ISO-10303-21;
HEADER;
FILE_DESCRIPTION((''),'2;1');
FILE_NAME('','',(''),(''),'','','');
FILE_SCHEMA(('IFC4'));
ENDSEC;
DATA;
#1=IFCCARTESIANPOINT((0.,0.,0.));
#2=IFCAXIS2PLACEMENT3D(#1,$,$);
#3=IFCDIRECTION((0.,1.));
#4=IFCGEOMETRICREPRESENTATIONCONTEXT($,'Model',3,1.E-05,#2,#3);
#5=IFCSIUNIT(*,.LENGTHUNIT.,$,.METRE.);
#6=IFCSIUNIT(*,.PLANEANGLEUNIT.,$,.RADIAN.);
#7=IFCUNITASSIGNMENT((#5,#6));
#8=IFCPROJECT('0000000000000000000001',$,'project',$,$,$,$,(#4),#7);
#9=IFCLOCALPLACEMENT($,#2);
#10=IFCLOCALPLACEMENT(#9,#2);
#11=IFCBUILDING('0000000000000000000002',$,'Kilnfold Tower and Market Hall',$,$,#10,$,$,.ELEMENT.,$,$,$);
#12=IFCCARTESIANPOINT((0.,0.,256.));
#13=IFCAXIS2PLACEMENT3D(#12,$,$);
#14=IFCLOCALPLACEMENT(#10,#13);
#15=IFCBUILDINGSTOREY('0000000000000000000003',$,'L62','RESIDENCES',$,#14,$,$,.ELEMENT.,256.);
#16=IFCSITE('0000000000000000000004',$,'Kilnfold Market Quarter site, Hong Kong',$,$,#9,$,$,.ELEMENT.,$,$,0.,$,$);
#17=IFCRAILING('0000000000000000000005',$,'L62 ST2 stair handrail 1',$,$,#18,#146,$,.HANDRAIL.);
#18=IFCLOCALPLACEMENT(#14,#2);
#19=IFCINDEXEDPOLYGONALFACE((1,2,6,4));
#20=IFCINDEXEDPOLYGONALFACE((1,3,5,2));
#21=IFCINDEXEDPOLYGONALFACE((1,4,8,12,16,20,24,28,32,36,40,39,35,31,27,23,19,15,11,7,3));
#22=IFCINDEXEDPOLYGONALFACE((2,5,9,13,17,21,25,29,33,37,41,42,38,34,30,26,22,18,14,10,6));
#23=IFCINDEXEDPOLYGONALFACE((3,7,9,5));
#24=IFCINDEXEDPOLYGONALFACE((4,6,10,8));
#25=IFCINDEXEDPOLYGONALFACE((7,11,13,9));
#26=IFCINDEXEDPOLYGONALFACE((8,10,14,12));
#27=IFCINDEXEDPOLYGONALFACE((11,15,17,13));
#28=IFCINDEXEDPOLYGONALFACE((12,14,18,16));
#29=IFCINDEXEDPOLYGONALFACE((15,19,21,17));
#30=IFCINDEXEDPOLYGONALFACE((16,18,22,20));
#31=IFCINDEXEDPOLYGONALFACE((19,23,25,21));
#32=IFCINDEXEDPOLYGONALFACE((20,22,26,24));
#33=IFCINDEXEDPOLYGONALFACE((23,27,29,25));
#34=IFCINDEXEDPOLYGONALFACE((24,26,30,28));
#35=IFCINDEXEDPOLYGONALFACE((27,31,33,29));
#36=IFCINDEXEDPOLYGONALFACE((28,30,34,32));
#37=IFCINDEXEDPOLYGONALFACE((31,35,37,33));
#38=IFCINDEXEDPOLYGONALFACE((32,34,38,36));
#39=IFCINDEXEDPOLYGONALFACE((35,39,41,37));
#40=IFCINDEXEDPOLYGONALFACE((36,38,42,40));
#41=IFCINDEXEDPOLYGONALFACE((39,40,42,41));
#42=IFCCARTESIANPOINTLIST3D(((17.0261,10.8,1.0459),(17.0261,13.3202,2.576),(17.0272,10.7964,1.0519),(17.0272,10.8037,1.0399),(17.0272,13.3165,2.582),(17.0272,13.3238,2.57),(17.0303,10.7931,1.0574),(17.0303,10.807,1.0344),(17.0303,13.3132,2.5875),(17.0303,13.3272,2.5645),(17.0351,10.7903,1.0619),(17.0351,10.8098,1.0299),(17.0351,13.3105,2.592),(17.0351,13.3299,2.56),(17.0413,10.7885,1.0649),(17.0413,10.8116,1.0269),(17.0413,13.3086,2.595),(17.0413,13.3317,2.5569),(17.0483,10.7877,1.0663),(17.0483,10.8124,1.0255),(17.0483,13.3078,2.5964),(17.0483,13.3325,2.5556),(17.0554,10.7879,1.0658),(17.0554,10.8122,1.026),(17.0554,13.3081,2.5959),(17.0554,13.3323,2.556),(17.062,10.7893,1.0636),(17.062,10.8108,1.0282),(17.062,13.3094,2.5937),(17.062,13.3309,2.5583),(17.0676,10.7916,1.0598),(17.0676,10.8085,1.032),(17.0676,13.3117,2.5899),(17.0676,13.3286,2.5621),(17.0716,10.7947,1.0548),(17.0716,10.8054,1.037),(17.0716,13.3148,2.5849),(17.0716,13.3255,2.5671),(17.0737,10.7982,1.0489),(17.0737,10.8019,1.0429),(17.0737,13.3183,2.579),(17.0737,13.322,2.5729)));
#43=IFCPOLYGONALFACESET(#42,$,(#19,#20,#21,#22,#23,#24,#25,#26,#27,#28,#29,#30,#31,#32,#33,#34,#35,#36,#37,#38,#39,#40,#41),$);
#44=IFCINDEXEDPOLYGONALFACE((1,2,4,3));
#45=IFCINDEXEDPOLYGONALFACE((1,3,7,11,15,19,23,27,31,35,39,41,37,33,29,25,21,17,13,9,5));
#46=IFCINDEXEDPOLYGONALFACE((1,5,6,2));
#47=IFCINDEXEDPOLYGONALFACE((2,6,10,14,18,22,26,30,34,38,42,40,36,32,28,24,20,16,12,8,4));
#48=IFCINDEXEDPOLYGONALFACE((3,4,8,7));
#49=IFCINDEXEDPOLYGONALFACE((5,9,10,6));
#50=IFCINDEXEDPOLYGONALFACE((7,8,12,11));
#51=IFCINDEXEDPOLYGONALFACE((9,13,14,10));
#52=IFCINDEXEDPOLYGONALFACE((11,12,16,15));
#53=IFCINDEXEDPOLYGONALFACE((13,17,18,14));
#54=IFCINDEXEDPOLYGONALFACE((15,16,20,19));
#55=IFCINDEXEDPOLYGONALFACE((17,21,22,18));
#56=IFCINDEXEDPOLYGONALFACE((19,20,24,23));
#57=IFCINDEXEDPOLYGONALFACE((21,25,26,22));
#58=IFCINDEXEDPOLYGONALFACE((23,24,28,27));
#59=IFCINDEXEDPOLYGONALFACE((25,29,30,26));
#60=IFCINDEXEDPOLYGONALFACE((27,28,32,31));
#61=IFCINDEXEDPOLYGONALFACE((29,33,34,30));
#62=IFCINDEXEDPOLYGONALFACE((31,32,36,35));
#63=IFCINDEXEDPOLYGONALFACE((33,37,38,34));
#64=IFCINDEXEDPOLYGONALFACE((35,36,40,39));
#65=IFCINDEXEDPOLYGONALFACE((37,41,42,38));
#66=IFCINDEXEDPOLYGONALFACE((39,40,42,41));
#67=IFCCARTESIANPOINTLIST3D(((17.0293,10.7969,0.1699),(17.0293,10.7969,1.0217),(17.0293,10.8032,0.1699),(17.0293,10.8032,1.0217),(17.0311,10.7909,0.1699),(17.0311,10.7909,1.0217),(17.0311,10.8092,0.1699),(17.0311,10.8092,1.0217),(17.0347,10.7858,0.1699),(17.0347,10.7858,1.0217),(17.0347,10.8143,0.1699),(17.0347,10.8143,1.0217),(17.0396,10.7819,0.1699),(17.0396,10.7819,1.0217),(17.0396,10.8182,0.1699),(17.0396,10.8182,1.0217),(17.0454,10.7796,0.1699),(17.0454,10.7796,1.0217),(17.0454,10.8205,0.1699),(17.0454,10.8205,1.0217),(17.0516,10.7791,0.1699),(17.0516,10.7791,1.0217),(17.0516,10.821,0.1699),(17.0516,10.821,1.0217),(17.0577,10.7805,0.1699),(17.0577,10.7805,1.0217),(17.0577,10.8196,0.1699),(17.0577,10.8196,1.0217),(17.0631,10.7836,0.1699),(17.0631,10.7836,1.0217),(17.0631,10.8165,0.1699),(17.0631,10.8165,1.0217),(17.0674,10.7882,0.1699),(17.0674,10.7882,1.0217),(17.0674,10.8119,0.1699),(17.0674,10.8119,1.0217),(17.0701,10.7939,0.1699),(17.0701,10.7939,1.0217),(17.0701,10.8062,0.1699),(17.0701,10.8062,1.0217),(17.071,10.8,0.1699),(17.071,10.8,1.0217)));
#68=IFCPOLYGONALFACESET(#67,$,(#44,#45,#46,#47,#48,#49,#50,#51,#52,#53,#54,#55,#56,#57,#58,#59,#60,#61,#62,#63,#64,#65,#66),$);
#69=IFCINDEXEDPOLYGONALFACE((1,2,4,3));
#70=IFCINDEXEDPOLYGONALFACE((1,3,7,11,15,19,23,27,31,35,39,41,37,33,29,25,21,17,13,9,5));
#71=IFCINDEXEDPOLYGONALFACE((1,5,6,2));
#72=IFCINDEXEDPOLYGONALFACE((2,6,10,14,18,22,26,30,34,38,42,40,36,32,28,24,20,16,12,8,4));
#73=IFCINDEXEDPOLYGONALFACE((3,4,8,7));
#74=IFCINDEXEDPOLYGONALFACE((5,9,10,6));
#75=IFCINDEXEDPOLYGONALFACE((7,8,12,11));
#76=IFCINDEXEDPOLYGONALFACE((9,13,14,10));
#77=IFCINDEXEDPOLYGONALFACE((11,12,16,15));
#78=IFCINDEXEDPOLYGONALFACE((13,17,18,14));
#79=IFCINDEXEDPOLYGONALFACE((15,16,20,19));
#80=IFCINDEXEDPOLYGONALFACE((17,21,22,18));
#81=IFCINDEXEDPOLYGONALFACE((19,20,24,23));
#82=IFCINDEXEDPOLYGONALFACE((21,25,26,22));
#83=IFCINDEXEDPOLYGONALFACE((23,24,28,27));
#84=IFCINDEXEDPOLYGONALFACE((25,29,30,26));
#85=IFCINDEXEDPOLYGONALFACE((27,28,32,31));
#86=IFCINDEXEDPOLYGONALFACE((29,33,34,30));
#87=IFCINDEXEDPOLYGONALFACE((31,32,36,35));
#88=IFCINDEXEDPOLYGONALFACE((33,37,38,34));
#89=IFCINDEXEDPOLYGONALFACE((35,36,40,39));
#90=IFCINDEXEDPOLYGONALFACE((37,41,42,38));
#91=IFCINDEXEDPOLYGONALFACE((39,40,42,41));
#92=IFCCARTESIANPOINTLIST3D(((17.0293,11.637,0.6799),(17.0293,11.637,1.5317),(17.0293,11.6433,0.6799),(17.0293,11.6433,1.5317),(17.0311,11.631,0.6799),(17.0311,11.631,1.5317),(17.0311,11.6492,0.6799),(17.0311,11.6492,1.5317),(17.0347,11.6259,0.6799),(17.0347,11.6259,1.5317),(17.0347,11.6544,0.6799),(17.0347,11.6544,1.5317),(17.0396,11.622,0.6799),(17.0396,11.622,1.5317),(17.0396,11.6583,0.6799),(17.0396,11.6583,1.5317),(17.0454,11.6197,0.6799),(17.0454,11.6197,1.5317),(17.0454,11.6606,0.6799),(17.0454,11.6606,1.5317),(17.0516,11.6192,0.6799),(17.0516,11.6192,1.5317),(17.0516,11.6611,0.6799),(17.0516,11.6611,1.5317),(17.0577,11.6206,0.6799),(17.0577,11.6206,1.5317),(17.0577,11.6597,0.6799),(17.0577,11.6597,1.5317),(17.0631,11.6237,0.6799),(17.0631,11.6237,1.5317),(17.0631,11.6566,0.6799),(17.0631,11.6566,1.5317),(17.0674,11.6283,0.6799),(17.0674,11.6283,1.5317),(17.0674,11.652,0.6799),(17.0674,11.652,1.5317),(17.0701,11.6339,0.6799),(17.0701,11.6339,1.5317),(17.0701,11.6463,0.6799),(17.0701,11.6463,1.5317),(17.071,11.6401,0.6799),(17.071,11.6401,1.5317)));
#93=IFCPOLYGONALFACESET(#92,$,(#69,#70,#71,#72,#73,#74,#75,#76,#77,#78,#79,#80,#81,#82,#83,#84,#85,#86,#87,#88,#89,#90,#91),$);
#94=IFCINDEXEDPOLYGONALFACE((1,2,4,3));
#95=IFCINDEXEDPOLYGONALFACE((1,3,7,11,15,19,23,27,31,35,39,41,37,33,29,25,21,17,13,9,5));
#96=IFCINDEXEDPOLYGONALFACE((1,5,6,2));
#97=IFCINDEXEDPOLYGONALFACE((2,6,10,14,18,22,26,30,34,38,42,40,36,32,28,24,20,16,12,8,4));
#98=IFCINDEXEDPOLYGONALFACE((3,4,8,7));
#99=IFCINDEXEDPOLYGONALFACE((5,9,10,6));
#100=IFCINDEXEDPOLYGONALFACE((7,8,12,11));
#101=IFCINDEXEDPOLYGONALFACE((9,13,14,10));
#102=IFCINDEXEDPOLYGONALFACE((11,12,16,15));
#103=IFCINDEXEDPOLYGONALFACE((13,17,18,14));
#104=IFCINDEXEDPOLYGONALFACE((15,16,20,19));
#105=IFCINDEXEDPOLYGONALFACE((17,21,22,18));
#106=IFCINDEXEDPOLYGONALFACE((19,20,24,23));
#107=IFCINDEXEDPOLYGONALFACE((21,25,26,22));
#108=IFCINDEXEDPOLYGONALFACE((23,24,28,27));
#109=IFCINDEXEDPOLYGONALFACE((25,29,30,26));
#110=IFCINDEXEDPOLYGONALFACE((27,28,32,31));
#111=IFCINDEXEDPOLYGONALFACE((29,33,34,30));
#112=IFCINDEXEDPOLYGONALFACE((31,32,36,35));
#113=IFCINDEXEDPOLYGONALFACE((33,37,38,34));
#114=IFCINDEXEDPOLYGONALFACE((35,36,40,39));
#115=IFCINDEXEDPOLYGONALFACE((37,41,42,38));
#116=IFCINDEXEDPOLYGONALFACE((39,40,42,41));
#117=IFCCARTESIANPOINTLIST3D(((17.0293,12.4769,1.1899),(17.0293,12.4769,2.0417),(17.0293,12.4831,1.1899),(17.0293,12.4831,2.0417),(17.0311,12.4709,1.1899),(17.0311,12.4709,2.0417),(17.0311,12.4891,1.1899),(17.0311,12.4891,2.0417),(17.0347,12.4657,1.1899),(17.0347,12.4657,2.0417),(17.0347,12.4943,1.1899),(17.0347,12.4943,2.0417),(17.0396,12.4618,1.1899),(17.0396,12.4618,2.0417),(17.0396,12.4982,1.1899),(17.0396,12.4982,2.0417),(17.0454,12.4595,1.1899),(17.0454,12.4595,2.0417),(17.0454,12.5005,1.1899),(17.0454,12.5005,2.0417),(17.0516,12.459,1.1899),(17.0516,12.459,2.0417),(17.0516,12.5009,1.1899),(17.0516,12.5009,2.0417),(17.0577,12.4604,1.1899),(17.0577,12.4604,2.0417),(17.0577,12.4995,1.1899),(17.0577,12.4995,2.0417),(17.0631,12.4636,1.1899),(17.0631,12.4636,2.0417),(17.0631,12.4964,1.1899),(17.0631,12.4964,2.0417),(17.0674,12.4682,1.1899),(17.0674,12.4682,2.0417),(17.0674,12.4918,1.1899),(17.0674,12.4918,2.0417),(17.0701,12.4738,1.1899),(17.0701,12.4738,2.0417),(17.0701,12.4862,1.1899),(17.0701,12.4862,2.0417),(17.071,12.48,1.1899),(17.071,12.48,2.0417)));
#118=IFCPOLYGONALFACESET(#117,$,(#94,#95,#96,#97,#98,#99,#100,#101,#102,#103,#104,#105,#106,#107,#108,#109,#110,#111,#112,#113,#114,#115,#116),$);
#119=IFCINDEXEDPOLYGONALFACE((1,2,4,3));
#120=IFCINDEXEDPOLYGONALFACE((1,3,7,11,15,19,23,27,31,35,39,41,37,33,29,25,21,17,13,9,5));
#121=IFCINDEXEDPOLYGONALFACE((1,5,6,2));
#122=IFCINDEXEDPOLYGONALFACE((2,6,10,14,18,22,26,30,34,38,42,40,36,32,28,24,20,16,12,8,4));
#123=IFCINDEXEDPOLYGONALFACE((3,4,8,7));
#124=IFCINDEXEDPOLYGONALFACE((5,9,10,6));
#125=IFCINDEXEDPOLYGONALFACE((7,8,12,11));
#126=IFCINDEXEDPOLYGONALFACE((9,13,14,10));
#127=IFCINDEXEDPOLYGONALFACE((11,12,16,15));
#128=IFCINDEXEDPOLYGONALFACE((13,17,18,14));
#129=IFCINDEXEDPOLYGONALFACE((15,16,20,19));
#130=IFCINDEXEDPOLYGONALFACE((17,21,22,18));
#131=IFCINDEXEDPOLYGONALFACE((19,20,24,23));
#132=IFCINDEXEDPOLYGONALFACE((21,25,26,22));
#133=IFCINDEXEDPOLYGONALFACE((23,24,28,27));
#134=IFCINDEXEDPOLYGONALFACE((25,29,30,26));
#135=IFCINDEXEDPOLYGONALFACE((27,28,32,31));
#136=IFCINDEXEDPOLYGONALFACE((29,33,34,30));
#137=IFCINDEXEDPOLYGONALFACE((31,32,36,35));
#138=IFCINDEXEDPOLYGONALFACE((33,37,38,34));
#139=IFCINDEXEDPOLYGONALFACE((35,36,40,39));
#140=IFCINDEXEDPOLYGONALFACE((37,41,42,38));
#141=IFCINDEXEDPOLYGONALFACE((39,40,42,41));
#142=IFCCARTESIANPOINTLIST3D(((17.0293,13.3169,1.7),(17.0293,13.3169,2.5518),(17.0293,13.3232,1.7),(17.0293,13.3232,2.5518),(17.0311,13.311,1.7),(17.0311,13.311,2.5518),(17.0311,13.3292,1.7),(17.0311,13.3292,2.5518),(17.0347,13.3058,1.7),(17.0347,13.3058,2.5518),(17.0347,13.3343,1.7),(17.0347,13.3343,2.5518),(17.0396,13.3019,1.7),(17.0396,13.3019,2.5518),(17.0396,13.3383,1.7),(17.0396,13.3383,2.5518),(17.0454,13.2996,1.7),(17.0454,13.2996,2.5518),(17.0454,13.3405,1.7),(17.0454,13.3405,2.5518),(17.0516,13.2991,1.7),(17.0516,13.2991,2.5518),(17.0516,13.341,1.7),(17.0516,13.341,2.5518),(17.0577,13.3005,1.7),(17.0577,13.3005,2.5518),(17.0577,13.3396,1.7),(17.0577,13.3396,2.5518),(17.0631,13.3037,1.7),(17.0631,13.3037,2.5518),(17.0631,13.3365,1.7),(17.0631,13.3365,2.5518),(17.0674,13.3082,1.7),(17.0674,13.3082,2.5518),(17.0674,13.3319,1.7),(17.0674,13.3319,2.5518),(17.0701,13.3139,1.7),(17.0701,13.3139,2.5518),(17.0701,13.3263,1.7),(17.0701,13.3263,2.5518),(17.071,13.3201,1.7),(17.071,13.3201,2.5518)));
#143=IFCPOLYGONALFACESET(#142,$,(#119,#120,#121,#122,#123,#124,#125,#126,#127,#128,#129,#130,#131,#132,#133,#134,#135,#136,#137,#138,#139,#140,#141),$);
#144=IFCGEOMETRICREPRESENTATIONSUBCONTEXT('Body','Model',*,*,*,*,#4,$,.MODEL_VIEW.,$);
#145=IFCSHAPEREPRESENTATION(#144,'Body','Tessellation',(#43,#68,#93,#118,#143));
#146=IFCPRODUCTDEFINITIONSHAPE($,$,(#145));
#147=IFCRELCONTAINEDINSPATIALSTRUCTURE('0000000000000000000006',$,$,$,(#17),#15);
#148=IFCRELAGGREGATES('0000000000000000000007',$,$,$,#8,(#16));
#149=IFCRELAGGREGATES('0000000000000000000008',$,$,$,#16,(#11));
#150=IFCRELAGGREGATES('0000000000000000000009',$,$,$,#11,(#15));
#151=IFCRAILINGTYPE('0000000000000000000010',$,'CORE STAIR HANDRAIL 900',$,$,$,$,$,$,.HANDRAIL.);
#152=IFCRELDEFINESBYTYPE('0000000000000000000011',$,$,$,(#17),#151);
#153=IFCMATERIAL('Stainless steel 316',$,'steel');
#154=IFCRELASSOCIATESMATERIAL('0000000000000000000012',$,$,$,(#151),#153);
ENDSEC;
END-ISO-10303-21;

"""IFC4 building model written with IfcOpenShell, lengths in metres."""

from ifc_helpers import new_model, si_unit, direction, frame, origin, origin_2d, place, context, subcontext, project, spatial, circle, extrude, material, type_object, element, save


model = new_model("IFC4")

# Units and contexts
model_context = context("Model", 3, precision=1e-05, world=origin(), true_north=direction((0.0, 1.0)))
body_context = subcontext(model_context, "Body", "Model", "MODEL_VIEW")
ifc_project = project(units=[si_unit("LENGTHUNIT", "METRE"), si_unit("PLANEANGLEUNIT", "RADIAN")], contexts=[model_context])

# Site, building, storey
site_placement = place(None, origin())
site = spatial("IfcSite", under=ifc_project, at=site_placement, Name="Kilnfold Market Quarter site, Hong Kong", CompositionType="ELEMENT", RefElevation=0.0)
building_placement = place(site_placement, origin())
building = spatial("IfcBuilding", under=site, at=building_placement, Name="Kilnfold Tower and Market Hall", CompositionType="ELEMENT")
storey_placement = place(building_placement, frame((0.0, 0.0, 256.0)))
storey = spatial("IfcBuildingStorey", under=building, at=storey_placement, Name="L62", Description="RESIDENCES", CompositionType="ELEMENT", Elevation=256.0)

# Railing
ifc_material_1 = material(Name="Stainless steel 316", Category="steel")
railing_type_1 = type_object("IfcRailingType", Name="CORE STAIR HANDRAIL 900", PredefinedType="HANDRAIL", material=ifc_material_1)
railing_1_placement = place(storey_placement, frame((17.05, 10.8, 0.1699)))
element("IfcRailing", 1, at=railing_1_placement, inside=storey, type_object=railing_type_1, Name="L62 ST2 stair handrail 1", PredefinedType="HANDRAIL", context=body_context, shape_type="SweptSolid", body=[
    extrude(circle(Radius=0.0239, at=origin_2d()), frame((0.0, 0.0, 0.876), z_axis=(0.0, 0.854785, 0.518982), x_axis=(-1.0, 0.0, 0.0)), (0.0, 0.0, 1.0), 2.9482),
    extrude(circle(Radius=0.021, at=origin_2d()), origin(), (0.0, 0.0, 1.0), 0.8518),
    extrude(circle(Radius=0.021, at=origin_2d()), frame((0.0, 0.8401, 0.51)), (0.0, 0.0, 1.0), 0.8518),
    extrude(circle(Radius=0.021, at=origin_2d()), frame((0.0, 1.6799, 1.02)), (0.0, 0.0, 1.0), 0.8518),
    extrude(circle(Radius=0.021, at=origin_2d()), frame((0.0, 2.52, 1.53)), (0.0, 0.0, 1.0), 0.8518),
])

save(model, "model.ifc")
